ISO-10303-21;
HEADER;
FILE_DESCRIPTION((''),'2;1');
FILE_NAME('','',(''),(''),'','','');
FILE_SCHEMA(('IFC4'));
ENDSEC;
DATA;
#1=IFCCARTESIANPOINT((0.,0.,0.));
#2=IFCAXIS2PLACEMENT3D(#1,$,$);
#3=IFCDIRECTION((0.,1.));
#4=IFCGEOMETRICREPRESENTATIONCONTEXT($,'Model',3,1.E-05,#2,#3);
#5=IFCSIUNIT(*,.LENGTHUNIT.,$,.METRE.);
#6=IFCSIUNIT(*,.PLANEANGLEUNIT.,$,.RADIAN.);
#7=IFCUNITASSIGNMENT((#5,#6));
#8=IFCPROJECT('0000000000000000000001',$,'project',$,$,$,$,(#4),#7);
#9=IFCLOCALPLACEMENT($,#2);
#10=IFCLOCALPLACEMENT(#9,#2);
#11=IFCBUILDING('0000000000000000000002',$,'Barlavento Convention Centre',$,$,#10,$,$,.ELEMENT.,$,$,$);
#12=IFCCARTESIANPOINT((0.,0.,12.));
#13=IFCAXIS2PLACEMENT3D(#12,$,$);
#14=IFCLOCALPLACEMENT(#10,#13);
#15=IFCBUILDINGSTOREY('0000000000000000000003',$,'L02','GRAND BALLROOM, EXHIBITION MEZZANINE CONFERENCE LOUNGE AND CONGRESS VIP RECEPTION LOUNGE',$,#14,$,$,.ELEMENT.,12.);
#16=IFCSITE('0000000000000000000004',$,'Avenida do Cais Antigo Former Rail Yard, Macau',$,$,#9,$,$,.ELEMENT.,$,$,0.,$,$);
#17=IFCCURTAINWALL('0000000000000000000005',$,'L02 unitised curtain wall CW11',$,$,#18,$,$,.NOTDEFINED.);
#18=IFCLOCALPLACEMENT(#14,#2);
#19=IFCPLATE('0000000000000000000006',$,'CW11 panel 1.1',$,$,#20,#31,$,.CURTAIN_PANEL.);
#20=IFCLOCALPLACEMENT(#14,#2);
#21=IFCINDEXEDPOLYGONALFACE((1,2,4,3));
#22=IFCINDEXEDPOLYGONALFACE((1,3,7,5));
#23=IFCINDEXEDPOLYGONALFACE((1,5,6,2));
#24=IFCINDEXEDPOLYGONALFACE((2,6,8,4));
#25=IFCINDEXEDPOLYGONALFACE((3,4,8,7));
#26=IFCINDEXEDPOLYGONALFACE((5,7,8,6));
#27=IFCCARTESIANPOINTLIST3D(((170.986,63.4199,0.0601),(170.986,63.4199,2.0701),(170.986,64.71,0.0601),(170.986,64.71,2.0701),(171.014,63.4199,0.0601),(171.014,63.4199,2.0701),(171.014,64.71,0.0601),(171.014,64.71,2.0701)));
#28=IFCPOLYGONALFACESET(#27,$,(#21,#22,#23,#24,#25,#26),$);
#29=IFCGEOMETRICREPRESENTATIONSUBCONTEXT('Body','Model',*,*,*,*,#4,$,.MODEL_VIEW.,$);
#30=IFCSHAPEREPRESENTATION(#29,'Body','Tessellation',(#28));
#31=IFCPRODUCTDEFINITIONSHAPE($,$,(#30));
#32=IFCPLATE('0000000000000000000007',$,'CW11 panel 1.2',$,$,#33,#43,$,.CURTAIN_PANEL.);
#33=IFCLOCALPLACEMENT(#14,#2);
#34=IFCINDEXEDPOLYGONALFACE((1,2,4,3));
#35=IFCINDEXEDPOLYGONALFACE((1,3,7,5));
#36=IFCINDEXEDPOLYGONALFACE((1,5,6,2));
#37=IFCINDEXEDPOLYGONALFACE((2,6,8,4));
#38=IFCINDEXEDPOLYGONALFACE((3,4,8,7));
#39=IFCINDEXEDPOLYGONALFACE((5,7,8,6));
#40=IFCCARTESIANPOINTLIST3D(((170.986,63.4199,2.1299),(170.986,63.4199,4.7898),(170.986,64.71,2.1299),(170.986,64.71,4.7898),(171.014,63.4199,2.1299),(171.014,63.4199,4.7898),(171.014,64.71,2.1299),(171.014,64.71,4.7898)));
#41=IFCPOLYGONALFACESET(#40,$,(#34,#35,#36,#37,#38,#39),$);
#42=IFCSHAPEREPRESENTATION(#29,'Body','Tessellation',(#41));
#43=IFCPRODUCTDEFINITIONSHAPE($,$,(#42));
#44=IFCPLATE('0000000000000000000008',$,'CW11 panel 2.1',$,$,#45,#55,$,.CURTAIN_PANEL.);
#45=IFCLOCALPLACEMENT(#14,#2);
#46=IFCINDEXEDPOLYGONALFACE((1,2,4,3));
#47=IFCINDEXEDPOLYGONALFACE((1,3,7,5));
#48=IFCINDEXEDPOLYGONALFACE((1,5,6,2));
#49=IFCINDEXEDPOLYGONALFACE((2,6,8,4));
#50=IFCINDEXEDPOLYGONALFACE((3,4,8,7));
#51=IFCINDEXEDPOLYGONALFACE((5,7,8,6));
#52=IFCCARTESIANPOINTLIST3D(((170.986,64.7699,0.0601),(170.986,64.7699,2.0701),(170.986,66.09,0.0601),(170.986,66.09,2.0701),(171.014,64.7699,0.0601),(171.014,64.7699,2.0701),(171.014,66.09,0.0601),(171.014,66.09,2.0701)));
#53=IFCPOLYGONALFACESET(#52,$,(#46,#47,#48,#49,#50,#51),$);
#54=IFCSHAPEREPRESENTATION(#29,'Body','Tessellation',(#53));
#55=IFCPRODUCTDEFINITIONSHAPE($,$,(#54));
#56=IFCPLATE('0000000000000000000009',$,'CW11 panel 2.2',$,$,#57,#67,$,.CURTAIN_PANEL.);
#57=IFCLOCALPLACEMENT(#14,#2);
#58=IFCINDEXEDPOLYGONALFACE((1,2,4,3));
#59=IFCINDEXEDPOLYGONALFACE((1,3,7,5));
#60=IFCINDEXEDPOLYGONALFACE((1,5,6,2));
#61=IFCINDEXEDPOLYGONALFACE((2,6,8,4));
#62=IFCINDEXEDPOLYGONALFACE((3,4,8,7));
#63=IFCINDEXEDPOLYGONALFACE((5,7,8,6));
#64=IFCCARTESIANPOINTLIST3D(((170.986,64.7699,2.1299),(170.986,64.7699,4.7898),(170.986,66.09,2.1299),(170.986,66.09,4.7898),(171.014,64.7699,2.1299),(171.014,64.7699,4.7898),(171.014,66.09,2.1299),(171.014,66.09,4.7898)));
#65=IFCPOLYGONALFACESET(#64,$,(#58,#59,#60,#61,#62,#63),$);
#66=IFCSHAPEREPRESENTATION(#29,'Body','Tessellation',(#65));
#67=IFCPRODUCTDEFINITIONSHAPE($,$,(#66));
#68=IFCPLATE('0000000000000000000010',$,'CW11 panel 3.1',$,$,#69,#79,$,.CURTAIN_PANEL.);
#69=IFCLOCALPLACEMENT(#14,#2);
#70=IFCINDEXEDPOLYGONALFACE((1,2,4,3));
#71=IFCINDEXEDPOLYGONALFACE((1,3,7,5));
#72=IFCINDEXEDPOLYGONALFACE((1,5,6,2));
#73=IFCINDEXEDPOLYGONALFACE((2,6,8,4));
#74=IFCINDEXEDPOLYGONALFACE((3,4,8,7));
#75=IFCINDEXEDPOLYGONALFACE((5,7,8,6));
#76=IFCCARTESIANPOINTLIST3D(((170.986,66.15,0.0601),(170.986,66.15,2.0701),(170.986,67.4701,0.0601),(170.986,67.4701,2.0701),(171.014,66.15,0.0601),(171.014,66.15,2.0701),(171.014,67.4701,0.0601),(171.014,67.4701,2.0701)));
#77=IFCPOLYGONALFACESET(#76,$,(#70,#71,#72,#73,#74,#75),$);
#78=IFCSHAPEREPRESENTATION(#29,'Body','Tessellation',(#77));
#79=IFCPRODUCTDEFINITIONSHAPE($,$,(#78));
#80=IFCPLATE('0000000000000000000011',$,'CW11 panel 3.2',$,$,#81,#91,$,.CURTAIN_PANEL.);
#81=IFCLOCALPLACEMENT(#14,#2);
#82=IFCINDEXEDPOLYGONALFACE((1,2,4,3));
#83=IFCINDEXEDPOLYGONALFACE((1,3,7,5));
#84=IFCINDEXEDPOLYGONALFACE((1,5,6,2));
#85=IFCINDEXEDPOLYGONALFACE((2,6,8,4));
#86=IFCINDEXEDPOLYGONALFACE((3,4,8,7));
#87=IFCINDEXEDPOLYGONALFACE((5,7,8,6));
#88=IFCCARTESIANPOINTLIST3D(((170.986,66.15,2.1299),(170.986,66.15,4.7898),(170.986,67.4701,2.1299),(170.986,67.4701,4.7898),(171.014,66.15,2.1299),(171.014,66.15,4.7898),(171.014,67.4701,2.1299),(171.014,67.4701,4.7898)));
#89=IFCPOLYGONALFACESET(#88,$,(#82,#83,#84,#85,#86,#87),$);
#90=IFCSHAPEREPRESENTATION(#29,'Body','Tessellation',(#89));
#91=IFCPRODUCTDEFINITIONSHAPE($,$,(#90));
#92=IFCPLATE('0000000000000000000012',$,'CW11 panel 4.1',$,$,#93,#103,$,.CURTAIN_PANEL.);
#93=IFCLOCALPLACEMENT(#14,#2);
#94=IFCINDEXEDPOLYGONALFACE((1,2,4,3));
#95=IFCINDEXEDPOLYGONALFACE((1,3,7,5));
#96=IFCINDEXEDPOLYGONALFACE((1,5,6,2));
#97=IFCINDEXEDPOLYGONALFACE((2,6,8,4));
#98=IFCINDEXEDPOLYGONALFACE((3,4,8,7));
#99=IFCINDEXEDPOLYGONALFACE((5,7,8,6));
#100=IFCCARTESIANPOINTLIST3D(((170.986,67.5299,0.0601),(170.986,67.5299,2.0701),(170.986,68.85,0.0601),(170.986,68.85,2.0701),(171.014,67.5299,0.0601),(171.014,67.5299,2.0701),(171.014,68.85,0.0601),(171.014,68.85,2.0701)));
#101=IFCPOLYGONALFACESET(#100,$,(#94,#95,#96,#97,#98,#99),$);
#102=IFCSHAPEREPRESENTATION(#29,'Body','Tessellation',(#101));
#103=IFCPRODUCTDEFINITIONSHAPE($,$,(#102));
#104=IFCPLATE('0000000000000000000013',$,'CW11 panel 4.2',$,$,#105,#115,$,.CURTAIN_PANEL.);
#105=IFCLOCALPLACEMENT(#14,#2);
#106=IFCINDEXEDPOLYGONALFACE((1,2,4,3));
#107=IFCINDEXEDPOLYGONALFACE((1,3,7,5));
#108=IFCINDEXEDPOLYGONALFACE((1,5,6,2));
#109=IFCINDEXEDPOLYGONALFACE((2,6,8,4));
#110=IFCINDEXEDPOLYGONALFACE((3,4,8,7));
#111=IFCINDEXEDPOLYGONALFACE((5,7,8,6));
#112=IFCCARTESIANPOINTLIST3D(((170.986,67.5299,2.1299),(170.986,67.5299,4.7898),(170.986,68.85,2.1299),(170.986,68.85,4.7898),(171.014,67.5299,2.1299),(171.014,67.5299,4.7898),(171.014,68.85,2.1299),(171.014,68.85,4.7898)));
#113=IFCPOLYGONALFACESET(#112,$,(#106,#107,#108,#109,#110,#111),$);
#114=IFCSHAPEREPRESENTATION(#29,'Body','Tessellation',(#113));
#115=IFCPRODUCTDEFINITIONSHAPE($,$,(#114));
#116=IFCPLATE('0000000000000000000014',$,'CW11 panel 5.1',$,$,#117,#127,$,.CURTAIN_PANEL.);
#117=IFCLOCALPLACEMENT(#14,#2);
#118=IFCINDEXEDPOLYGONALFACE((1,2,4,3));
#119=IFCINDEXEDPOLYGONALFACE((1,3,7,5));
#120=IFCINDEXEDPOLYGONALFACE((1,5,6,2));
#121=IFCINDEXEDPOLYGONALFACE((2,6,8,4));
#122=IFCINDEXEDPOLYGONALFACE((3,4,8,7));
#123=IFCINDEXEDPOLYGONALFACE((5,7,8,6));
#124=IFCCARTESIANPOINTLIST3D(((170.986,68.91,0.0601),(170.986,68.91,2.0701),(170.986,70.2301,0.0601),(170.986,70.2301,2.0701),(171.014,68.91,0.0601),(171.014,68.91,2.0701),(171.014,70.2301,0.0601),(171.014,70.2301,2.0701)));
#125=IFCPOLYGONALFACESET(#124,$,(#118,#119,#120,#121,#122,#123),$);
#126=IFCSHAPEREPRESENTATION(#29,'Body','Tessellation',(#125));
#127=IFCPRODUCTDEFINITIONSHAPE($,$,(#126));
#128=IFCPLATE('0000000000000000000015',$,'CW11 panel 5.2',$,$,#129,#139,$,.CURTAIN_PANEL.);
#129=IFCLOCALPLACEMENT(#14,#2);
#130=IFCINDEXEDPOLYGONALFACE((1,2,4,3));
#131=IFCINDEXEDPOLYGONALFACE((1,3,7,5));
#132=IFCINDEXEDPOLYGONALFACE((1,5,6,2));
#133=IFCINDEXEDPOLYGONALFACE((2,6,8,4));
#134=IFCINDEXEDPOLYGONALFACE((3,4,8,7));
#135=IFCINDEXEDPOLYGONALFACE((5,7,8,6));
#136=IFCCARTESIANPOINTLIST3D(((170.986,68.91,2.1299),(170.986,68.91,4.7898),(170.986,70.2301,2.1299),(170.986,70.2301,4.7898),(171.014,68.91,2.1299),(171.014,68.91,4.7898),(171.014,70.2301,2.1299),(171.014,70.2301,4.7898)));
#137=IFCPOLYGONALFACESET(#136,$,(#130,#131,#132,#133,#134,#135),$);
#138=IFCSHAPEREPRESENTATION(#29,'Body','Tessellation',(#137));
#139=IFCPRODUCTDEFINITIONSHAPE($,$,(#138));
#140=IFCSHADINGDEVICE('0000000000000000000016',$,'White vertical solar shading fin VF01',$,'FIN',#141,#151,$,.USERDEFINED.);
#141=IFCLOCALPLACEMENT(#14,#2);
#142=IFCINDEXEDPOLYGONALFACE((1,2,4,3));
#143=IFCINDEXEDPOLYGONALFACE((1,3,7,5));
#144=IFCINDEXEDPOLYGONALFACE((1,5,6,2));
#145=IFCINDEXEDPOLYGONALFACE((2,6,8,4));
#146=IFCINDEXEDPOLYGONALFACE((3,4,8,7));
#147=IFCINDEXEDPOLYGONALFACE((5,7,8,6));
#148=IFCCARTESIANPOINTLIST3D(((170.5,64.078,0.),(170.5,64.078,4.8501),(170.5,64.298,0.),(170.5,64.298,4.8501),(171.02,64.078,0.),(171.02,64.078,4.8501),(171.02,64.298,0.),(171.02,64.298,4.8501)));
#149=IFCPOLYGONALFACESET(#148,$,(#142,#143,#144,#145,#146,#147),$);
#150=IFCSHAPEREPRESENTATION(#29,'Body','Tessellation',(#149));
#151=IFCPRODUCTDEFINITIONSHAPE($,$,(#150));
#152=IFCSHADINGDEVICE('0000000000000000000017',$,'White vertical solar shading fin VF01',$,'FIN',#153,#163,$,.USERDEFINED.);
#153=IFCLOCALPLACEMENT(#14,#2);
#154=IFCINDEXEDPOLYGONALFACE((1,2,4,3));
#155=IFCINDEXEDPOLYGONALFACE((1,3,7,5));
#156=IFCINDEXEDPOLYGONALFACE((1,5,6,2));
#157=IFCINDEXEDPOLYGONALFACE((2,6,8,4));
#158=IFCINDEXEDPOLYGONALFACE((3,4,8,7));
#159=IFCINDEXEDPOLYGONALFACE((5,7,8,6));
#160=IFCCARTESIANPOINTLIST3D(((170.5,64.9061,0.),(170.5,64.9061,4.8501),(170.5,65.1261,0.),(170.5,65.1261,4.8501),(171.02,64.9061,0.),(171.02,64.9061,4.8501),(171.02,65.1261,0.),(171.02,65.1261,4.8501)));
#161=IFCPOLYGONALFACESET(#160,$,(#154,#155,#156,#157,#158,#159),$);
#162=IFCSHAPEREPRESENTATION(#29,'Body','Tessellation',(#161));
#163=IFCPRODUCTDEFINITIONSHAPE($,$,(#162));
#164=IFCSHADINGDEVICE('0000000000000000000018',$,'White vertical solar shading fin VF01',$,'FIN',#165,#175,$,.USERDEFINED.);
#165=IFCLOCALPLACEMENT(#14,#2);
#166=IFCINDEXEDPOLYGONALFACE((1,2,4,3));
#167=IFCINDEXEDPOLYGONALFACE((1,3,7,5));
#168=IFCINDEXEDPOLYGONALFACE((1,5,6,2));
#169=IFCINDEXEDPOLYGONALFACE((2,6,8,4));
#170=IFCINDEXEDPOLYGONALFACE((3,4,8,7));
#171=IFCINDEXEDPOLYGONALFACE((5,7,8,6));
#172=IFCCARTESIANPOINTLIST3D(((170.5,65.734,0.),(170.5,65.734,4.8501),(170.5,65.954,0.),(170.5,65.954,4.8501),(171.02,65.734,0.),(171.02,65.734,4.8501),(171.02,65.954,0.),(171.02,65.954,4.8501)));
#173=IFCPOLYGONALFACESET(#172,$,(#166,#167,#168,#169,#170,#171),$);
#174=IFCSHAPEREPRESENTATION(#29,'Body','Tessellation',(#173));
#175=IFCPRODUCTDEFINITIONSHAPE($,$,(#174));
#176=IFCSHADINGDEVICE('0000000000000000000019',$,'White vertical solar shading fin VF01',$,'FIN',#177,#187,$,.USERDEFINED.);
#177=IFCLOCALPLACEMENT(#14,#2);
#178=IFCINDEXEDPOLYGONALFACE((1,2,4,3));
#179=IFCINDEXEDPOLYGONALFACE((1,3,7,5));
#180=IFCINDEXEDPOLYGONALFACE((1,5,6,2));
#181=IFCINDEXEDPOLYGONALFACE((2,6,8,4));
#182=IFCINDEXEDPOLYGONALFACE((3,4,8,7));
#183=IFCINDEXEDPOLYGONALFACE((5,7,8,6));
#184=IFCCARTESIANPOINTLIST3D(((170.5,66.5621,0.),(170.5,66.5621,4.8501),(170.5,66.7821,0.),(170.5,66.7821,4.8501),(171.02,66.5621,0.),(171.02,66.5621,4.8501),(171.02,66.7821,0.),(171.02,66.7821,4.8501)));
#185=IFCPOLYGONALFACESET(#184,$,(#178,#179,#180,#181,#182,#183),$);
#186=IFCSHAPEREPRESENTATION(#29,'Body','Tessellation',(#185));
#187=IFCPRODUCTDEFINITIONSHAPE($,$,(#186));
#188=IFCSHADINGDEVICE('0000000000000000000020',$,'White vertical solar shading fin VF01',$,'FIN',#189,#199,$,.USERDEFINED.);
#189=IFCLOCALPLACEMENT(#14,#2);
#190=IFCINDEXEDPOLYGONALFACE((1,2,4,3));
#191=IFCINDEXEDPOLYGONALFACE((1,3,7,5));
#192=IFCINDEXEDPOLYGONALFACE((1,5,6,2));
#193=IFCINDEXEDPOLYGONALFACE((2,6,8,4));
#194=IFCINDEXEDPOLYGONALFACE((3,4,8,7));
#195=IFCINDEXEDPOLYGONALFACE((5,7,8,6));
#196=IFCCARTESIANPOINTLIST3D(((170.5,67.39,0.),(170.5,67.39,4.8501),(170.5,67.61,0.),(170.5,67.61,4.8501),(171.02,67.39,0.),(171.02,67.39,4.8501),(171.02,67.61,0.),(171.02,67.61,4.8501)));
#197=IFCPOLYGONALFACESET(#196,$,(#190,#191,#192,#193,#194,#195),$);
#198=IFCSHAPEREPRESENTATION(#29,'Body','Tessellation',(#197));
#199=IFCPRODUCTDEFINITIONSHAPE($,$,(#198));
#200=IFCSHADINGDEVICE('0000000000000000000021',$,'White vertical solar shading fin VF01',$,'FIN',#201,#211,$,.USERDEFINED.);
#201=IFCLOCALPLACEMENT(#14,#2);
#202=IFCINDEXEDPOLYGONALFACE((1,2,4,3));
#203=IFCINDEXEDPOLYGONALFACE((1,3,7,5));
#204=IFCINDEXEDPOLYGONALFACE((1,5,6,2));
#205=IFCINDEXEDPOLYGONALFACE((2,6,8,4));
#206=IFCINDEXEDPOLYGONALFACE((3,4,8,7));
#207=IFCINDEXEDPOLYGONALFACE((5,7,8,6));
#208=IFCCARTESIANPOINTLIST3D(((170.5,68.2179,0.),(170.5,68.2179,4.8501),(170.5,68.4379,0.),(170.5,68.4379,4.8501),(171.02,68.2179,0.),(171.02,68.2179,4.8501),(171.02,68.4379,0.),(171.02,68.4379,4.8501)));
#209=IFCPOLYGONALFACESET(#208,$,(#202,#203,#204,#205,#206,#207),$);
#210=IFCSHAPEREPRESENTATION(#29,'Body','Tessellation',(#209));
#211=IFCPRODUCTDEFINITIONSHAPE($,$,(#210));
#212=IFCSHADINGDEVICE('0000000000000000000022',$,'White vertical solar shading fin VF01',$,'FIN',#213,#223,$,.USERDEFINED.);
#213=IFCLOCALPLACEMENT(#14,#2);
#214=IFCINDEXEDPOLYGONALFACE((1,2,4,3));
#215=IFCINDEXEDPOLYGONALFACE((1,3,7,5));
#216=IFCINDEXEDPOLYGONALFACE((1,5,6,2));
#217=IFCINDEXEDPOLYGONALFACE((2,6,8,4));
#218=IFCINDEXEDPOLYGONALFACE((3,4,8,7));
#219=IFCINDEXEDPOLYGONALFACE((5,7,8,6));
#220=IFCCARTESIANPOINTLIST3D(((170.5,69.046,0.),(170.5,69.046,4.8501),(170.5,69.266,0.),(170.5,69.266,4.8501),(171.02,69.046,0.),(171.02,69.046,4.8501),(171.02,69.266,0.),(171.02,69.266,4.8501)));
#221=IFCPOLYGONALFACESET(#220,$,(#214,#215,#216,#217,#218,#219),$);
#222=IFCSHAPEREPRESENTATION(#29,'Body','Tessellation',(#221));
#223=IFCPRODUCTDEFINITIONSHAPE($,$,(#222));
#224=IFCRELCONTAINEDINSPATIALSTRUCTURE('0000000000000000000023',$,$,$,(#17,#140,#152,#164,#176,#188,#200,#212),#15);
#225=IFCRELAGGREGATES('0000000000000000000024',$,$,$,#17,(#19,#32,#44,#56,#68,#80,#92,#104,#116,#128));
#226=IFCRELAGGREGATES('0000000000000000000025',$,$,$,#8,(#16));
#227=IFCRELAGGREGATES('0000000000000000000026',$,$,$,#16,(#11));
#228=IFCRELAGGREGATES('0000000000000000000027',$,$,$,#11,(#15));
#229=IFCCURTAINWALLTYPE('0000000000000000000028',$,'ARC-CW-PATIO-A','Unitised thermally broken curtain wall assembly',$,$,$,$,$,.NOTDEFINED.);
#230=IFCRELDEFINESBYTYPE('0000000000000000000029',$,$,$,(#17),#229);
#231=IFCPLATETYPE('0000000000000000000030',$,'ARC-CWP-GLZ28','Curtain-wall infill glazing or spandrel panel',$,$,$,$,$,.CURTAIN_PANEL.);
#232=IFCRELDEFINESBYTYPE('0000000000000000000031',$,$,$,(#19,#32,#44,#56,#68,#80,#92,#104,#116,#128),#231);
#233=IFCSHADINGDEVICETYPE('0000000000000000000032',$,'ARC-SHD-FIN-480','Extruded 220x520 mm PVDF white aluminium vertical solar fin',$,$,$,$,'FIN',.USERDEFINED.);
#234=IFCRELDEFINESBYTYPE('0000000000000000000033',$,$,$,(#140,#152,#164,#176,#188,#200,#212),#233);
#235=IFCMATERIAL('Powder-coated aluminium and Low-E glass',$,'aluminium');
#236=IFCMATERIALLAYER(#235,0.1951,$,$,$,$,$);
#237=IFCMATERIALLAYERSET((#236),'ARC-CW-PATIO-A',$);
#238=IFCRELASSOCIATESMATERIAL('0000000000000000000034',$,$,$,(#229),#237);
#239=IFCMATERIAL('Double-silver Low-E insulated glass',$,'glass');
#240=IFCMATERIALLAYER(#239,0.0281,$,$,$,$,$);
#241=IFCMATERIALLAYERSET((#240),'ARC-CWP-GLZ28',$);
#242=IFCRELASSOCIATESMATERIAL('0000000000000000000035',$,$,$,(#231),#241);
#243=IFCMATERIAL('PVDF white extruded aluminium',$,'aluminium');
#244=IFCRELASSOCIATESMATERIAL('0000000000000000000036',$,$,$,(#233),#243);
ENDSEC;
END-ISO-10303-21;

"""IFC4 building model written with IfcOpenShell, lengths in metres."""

from ifc_helpers import new_model, si_unit, direction, frame, origin, origin_2d, place, context, subcontext, project, spatial, rectangle, extrude, material, layer, layer_set, type_object, element, aggregate, save


model = new_model("IFC4")

# Units and contexts
model_context = context("Model", 3, precision=1e-05, world=origin(), true_north=direction((0.0, 1.0)))
body_context = subcontext(model_context, "Body", "Model", "MODEL_VIEW")
ifc_project = project(units=[si_unit("LENGTHUNIT", "METRE"), si_unit("PLANEANGLEUNIT", "RADIAN")], contexts=[model_context])

# Site, building, storey
site_placement = place(None, origin())
site = spatial("IfcSite", under=ifc_project, at=site_placement, Name="Avenida do Cais Antigo Former Rail Yard, Macau", CompositionType="ELEMENT", RefElevation=0.0)
building_placement = place(site_placement, origin())
building = spatial("IfcBuilding", under=site, at=building_placement, Name="Barlavento Convention Centre", CompositionType="ELEMENT")
storey_placement = place(building_placement, frame((0.0, 0.0, 12.0)))
storey = spatial("IfcBuildingStorey", under=building, at=storey_placement, Name="L02", Description="GRAND BALLROOM, EXHIBITION MEZZANINE CONFERENCE LOUNGE AND CONGRESS VIP RECEPTION LOUNGE", CompositionType="ELEMENT", Elevation=12.0)

# Curtain wall, plates
ifc_material_1 = material(Name="Powder-coated aluminium and Low-E glass", Category="aluminium")
ifc_layer_1 = layer(ifc_material_1, 0.1951)
ifc_layer_set_1 = layer_set([ifc_layer_1], Name="ARC-CW-PATIO-A")
curtain_wall_type = type_object("IfcCurtainWallType", Name="ARC-CW-PATIO-A", Description="Unitised thermally broken curtain wall assembly", PredefinedType="NOTDEFINED", material=ifc_layer_set_1)
curtain_wall_placement = place(storey_placement, origin())
curtain_wall = element("IfcCurtainWall", 1, at=curtain_wall_placement, inside=storey, type_object=curtain_wall_type, Name="L02 unitised curtain wall CW11", PredefinedType="NOTDEFINED")
ifc_material_2 = material(Name="Double-silver Low-E insulated glass", Category="glass")
ifc_layer_2 = layer(ifc_material_2, 0.0281)
ifc_layer_set_2 = layer_set([ifc_layer_2], Name="ARC-CWP-GLZ28")
plate_type = type_object("IfcPlateType", Name="ARC-CWP-GLZ28", Description="Curtain-wall infill glazing or spandrel panel", PredefinedType="CURTAIN_PANEL", material=ifc_layer_set_2)
plate_1_placement = place(storey_placement, frame((171.0, 64.0649, 0.0601), z_axis=(0.0, 0.0, 1.0), x_axis=(0.0, 1.0, 0.0)))
plate_1 = element("IfcPlate", 2, at=plate_1_placement, type_object=plate_type, Name="CW11 panel 1.1", PredefinedType="CURTAIN_PANEL", context=body_context, shape_type="SweptSolid", body=[
    extrude(rectangle(XDim=1.29, YDim=0.0281, at=origin_2d()), origin(), (0.0, 0.0, 1.0), 2.01),
])
plate_2_placement = place(storey_placement, frame((171.0, 64.0649, 2.1299), z_axis=(0.0, 0.0, 1.0), x_axis=(0.0, 1.0, 0.0)))
plate_2 = element("IfcPlate", 3, at=plate_2_placement, type_object=plate_type, Name="CW11 panel 1.2", PredefinedType="CURTAIN_PANEL", context=body_context, shape_type="SweptSolid", body=[
    extrude(rectangle(XDim=1.29, YDim=0.0281, at=origin_2d()), origin(), (0.0, 0.0, 1.0), 2.6599),
])
plate_3_placement = place(storey_placement, frame((171.0, 65.4299, 0.0601), z_axis=(0.0, 0.0, 1.0), x_axis=(0.0, 1.0, 0.0)))
plate_3 = element("IfcPlate", 4, at=plate_3_placement, type_object=plate_type, Name="CW11 panel 2.1", PredefinedType="CURTAIN_PANEL", context=body_context, shape_type="SweptSolid", body=[
    extrude(rectangle(XDim=1.3201, YDim=0.0281, at=origin_2d()), origin(), (0.0, 0.0, 1.0), 2.01),
])
plate_4_placement = place(storey_placement, frame((171.0, 65.4299, 2.1299), z_axis=(0.0, 0.0, 1.0), x_axis=(0.0, 1.0, 0.0)))
plate_4 = element("IfcPlate", 5, at=plate_4_placement, type_object=plate_type, Name="CW11 panel 2.2", PredefinedType="CURTAIN_PANEL", context=body_context, shape_type="SweptSolid", body=[
    extrude(rectangle(XDim=1.3201, YDim=0.0281, at=origin_2d()), origin(), (0.0, 0.0, 1.0), 2.6599),
])
plate_5_placement = place(storey_placement, frame((171.0, 66.8101, 0.0601), z_axis=(0.0, 0.0, 1.0), x_axis=(0.0, 1.0, 0.0)))
plate_5 = element("IfcPlate", 6, at=plate_5_placement, type_object=plate_type, Name="CW11 panel 3.1", PredefinedType="CURTAIN_PANEL", context=body_context, shape_type="SweptSolid", body=[
    extrude(rectangle(XDim=1.3201, YDim=0.0281, at=origin_2d()), origin(), (0.0, 0.0, 1.0), 2.01),
])
plate_6_placement = place(storey_placement, frame((171.0, 66.8101, 2.1299), z_axis=(0.0, 0.0, 1.0), x_axis=(0.0, 1.0, 0.0)))
plate_6 = element("IfcPlate", 7, at=plate_6_placement, type_object=plate_type, Name="CW11 panel 3.2", PredefinedType="CURTAIN_PANEL", context=body_context, shape_type="SweptSolid", body=[
    extrude(rectangle(XDim=1.3201, YDim=0.0281, at=origin_2d()), origin(), (0.0, 0.0, 1.0), 2.6599),
])
plate_7_placement = place(storey_placement, frame((171.0, 68.1899, 0.0601), z_axis=(0.0, 0.0, 1.0), x_axis=(0.0, 1.0, 0.0)))
plate_7 = element("IfcPlate", 8, at=plate_7_placement, type_object=plate_type, Name="CW11 panel 4.1", PredefinedType="CURTAIN_PANEL", context=body_context, shape_type="SweptSolid", body=[
    extrude(rectangle(XDim=1.3201, YDim=0.0281, at=origin_2d()), origin(), (0.0, 0.0, 1.0), 2.01),
])
plate_8_placement = place(storey_placement, frame((171.0, 68.1899, 2.1299), z_axis=(0.0, 0.0, 1.0), x_axis=(0.0, 1.0, 0.0)))
plate_8 = element("IfcPlate", 9, at=plate_8_placement, type_object=plate_type, Name="CW11 panel 4.2", PredefinedType="CURTAIN_PANEL", context=body_context, shape_type="SweptSolid", body=[
    extrude(rectangle(XDim=1.3201, YDim=0.0281, at=origin_2d()), origin(), (0.0, 0.0, 1.0), 2.6599),
])
plate_9_placement = place(storey_placement, frame((171.0, 69.5701, 0.0601), z_axis=(0.0, 0.0, 1.0), x_axis=(0.0, 1.0, 0.0)))
plate_9 = element("IfcPlate", 10, at=plate_9_placement, type_object=plate_type, Name="CW11 panel 5.1", PredefinedType="CURTAIN_PANEL", context=body_context, shape_type="SweptSolid", body=[
    extrude(rectangle(XDim=1.3201, YDim=0.0281, at=origin_2d()), origin(), (0.0, 0.0, 1.0), 2.01),
])
plate_10_placement = place(storey_placement, frame((171.0, 69.5701, 2.1299), z_axis=(0.0, 0.0, 1.0), x_axis=(0.0, 1.0, 0.0)))
plate_10 = element("IfcPlate", 11, at=plate_10_placement, type_object=plate_type, Name="CW11 panel 5.2", PredefinedType="CURTAIN_PANEL", context=body_context, shape_type="SweptSolid", body=[
    extrude(rectangle(XDim=1.3201, YDim=0.0281, at=origin_2d()), origin(), (0.0, 0.0, 1.0), 2.6599),
])
aggregate(curtain_wall, [plate_1, plate_2, plate_3, plate_4, plate_5, plate_6, plate_7, plate_8, plate_9, plate_10])

# Shading devices
ifc_material_3 = material(Name="PVDF white extruded aluminium", Category="aluminium")
shading_device_type = type_object("IfcShadingDeviceType", Name="ARC-SHD-FIN-480", Description="Extruded 220x520 mm PVDF white aluminium vertical solar fin", ElementType="FIN", PredefinedType="USERDEFINED", material=ifc_material_3)
for number, where, z_axis, x_axis, name in (
    (12, (170.76, 64.188, 0.0), (0.0, 0.0, 1.0), (0.0, 1.0, 0.0), "White vertical solar shading fin VF01"),
    (13, (170.76, 65.0161, 0.0), (0.0, 0.0, 1.0), (0.0, 1.0, 0.0), "White vertical solar shading fin VF01"),
    (14, (170.76, 65.844, 0.0), (0.0, 0.0, 1.0), (0.0, 1.0, 0.0), "White vertical solar shading fin VF01"),
    (15, (170.76, 66.6721, 0.0), (0.0, 0.0, 1.0), (0.0, 1.0, 0.0), "White vertical solar shading fin VF01"),
    (16, (170.76, 67.5, 0.0), (0.0, 0.0, 1.0), (0.0, 1.0, 0.0), "White vertical solar shading fin VF01"),
    (17, (170.76, 68.3279, 0.0), (0.0, 0.0, 1.0), (0.0, 1.0, 0.0), "White vertical solar shading fin VF01"),
    (18, (170.76, 69.156, 0.0), (0.0, 0.0, 1.0), (0.0, 1.0, 0.0), "White vertical solar shading fin VF01"),
):
    element("IfcShadingDevice", number, at=place(storey_placement, frame(where, z_axis=z_axis, x_axis=x_axis)), inside=storey, type_object=shading_device_type, Name=name, ObjectType="FIN", PredefinedType="USERDEFINED", context=body_context, shape_type="SweptSolid", body=[
        extrude(rectangle(XDim=0.22, YDim=0.52, at=origin_2d()), origin(), (0.0, 0.0, 1.0), 4.8501),
    ])

save(model, "model.ifc")
